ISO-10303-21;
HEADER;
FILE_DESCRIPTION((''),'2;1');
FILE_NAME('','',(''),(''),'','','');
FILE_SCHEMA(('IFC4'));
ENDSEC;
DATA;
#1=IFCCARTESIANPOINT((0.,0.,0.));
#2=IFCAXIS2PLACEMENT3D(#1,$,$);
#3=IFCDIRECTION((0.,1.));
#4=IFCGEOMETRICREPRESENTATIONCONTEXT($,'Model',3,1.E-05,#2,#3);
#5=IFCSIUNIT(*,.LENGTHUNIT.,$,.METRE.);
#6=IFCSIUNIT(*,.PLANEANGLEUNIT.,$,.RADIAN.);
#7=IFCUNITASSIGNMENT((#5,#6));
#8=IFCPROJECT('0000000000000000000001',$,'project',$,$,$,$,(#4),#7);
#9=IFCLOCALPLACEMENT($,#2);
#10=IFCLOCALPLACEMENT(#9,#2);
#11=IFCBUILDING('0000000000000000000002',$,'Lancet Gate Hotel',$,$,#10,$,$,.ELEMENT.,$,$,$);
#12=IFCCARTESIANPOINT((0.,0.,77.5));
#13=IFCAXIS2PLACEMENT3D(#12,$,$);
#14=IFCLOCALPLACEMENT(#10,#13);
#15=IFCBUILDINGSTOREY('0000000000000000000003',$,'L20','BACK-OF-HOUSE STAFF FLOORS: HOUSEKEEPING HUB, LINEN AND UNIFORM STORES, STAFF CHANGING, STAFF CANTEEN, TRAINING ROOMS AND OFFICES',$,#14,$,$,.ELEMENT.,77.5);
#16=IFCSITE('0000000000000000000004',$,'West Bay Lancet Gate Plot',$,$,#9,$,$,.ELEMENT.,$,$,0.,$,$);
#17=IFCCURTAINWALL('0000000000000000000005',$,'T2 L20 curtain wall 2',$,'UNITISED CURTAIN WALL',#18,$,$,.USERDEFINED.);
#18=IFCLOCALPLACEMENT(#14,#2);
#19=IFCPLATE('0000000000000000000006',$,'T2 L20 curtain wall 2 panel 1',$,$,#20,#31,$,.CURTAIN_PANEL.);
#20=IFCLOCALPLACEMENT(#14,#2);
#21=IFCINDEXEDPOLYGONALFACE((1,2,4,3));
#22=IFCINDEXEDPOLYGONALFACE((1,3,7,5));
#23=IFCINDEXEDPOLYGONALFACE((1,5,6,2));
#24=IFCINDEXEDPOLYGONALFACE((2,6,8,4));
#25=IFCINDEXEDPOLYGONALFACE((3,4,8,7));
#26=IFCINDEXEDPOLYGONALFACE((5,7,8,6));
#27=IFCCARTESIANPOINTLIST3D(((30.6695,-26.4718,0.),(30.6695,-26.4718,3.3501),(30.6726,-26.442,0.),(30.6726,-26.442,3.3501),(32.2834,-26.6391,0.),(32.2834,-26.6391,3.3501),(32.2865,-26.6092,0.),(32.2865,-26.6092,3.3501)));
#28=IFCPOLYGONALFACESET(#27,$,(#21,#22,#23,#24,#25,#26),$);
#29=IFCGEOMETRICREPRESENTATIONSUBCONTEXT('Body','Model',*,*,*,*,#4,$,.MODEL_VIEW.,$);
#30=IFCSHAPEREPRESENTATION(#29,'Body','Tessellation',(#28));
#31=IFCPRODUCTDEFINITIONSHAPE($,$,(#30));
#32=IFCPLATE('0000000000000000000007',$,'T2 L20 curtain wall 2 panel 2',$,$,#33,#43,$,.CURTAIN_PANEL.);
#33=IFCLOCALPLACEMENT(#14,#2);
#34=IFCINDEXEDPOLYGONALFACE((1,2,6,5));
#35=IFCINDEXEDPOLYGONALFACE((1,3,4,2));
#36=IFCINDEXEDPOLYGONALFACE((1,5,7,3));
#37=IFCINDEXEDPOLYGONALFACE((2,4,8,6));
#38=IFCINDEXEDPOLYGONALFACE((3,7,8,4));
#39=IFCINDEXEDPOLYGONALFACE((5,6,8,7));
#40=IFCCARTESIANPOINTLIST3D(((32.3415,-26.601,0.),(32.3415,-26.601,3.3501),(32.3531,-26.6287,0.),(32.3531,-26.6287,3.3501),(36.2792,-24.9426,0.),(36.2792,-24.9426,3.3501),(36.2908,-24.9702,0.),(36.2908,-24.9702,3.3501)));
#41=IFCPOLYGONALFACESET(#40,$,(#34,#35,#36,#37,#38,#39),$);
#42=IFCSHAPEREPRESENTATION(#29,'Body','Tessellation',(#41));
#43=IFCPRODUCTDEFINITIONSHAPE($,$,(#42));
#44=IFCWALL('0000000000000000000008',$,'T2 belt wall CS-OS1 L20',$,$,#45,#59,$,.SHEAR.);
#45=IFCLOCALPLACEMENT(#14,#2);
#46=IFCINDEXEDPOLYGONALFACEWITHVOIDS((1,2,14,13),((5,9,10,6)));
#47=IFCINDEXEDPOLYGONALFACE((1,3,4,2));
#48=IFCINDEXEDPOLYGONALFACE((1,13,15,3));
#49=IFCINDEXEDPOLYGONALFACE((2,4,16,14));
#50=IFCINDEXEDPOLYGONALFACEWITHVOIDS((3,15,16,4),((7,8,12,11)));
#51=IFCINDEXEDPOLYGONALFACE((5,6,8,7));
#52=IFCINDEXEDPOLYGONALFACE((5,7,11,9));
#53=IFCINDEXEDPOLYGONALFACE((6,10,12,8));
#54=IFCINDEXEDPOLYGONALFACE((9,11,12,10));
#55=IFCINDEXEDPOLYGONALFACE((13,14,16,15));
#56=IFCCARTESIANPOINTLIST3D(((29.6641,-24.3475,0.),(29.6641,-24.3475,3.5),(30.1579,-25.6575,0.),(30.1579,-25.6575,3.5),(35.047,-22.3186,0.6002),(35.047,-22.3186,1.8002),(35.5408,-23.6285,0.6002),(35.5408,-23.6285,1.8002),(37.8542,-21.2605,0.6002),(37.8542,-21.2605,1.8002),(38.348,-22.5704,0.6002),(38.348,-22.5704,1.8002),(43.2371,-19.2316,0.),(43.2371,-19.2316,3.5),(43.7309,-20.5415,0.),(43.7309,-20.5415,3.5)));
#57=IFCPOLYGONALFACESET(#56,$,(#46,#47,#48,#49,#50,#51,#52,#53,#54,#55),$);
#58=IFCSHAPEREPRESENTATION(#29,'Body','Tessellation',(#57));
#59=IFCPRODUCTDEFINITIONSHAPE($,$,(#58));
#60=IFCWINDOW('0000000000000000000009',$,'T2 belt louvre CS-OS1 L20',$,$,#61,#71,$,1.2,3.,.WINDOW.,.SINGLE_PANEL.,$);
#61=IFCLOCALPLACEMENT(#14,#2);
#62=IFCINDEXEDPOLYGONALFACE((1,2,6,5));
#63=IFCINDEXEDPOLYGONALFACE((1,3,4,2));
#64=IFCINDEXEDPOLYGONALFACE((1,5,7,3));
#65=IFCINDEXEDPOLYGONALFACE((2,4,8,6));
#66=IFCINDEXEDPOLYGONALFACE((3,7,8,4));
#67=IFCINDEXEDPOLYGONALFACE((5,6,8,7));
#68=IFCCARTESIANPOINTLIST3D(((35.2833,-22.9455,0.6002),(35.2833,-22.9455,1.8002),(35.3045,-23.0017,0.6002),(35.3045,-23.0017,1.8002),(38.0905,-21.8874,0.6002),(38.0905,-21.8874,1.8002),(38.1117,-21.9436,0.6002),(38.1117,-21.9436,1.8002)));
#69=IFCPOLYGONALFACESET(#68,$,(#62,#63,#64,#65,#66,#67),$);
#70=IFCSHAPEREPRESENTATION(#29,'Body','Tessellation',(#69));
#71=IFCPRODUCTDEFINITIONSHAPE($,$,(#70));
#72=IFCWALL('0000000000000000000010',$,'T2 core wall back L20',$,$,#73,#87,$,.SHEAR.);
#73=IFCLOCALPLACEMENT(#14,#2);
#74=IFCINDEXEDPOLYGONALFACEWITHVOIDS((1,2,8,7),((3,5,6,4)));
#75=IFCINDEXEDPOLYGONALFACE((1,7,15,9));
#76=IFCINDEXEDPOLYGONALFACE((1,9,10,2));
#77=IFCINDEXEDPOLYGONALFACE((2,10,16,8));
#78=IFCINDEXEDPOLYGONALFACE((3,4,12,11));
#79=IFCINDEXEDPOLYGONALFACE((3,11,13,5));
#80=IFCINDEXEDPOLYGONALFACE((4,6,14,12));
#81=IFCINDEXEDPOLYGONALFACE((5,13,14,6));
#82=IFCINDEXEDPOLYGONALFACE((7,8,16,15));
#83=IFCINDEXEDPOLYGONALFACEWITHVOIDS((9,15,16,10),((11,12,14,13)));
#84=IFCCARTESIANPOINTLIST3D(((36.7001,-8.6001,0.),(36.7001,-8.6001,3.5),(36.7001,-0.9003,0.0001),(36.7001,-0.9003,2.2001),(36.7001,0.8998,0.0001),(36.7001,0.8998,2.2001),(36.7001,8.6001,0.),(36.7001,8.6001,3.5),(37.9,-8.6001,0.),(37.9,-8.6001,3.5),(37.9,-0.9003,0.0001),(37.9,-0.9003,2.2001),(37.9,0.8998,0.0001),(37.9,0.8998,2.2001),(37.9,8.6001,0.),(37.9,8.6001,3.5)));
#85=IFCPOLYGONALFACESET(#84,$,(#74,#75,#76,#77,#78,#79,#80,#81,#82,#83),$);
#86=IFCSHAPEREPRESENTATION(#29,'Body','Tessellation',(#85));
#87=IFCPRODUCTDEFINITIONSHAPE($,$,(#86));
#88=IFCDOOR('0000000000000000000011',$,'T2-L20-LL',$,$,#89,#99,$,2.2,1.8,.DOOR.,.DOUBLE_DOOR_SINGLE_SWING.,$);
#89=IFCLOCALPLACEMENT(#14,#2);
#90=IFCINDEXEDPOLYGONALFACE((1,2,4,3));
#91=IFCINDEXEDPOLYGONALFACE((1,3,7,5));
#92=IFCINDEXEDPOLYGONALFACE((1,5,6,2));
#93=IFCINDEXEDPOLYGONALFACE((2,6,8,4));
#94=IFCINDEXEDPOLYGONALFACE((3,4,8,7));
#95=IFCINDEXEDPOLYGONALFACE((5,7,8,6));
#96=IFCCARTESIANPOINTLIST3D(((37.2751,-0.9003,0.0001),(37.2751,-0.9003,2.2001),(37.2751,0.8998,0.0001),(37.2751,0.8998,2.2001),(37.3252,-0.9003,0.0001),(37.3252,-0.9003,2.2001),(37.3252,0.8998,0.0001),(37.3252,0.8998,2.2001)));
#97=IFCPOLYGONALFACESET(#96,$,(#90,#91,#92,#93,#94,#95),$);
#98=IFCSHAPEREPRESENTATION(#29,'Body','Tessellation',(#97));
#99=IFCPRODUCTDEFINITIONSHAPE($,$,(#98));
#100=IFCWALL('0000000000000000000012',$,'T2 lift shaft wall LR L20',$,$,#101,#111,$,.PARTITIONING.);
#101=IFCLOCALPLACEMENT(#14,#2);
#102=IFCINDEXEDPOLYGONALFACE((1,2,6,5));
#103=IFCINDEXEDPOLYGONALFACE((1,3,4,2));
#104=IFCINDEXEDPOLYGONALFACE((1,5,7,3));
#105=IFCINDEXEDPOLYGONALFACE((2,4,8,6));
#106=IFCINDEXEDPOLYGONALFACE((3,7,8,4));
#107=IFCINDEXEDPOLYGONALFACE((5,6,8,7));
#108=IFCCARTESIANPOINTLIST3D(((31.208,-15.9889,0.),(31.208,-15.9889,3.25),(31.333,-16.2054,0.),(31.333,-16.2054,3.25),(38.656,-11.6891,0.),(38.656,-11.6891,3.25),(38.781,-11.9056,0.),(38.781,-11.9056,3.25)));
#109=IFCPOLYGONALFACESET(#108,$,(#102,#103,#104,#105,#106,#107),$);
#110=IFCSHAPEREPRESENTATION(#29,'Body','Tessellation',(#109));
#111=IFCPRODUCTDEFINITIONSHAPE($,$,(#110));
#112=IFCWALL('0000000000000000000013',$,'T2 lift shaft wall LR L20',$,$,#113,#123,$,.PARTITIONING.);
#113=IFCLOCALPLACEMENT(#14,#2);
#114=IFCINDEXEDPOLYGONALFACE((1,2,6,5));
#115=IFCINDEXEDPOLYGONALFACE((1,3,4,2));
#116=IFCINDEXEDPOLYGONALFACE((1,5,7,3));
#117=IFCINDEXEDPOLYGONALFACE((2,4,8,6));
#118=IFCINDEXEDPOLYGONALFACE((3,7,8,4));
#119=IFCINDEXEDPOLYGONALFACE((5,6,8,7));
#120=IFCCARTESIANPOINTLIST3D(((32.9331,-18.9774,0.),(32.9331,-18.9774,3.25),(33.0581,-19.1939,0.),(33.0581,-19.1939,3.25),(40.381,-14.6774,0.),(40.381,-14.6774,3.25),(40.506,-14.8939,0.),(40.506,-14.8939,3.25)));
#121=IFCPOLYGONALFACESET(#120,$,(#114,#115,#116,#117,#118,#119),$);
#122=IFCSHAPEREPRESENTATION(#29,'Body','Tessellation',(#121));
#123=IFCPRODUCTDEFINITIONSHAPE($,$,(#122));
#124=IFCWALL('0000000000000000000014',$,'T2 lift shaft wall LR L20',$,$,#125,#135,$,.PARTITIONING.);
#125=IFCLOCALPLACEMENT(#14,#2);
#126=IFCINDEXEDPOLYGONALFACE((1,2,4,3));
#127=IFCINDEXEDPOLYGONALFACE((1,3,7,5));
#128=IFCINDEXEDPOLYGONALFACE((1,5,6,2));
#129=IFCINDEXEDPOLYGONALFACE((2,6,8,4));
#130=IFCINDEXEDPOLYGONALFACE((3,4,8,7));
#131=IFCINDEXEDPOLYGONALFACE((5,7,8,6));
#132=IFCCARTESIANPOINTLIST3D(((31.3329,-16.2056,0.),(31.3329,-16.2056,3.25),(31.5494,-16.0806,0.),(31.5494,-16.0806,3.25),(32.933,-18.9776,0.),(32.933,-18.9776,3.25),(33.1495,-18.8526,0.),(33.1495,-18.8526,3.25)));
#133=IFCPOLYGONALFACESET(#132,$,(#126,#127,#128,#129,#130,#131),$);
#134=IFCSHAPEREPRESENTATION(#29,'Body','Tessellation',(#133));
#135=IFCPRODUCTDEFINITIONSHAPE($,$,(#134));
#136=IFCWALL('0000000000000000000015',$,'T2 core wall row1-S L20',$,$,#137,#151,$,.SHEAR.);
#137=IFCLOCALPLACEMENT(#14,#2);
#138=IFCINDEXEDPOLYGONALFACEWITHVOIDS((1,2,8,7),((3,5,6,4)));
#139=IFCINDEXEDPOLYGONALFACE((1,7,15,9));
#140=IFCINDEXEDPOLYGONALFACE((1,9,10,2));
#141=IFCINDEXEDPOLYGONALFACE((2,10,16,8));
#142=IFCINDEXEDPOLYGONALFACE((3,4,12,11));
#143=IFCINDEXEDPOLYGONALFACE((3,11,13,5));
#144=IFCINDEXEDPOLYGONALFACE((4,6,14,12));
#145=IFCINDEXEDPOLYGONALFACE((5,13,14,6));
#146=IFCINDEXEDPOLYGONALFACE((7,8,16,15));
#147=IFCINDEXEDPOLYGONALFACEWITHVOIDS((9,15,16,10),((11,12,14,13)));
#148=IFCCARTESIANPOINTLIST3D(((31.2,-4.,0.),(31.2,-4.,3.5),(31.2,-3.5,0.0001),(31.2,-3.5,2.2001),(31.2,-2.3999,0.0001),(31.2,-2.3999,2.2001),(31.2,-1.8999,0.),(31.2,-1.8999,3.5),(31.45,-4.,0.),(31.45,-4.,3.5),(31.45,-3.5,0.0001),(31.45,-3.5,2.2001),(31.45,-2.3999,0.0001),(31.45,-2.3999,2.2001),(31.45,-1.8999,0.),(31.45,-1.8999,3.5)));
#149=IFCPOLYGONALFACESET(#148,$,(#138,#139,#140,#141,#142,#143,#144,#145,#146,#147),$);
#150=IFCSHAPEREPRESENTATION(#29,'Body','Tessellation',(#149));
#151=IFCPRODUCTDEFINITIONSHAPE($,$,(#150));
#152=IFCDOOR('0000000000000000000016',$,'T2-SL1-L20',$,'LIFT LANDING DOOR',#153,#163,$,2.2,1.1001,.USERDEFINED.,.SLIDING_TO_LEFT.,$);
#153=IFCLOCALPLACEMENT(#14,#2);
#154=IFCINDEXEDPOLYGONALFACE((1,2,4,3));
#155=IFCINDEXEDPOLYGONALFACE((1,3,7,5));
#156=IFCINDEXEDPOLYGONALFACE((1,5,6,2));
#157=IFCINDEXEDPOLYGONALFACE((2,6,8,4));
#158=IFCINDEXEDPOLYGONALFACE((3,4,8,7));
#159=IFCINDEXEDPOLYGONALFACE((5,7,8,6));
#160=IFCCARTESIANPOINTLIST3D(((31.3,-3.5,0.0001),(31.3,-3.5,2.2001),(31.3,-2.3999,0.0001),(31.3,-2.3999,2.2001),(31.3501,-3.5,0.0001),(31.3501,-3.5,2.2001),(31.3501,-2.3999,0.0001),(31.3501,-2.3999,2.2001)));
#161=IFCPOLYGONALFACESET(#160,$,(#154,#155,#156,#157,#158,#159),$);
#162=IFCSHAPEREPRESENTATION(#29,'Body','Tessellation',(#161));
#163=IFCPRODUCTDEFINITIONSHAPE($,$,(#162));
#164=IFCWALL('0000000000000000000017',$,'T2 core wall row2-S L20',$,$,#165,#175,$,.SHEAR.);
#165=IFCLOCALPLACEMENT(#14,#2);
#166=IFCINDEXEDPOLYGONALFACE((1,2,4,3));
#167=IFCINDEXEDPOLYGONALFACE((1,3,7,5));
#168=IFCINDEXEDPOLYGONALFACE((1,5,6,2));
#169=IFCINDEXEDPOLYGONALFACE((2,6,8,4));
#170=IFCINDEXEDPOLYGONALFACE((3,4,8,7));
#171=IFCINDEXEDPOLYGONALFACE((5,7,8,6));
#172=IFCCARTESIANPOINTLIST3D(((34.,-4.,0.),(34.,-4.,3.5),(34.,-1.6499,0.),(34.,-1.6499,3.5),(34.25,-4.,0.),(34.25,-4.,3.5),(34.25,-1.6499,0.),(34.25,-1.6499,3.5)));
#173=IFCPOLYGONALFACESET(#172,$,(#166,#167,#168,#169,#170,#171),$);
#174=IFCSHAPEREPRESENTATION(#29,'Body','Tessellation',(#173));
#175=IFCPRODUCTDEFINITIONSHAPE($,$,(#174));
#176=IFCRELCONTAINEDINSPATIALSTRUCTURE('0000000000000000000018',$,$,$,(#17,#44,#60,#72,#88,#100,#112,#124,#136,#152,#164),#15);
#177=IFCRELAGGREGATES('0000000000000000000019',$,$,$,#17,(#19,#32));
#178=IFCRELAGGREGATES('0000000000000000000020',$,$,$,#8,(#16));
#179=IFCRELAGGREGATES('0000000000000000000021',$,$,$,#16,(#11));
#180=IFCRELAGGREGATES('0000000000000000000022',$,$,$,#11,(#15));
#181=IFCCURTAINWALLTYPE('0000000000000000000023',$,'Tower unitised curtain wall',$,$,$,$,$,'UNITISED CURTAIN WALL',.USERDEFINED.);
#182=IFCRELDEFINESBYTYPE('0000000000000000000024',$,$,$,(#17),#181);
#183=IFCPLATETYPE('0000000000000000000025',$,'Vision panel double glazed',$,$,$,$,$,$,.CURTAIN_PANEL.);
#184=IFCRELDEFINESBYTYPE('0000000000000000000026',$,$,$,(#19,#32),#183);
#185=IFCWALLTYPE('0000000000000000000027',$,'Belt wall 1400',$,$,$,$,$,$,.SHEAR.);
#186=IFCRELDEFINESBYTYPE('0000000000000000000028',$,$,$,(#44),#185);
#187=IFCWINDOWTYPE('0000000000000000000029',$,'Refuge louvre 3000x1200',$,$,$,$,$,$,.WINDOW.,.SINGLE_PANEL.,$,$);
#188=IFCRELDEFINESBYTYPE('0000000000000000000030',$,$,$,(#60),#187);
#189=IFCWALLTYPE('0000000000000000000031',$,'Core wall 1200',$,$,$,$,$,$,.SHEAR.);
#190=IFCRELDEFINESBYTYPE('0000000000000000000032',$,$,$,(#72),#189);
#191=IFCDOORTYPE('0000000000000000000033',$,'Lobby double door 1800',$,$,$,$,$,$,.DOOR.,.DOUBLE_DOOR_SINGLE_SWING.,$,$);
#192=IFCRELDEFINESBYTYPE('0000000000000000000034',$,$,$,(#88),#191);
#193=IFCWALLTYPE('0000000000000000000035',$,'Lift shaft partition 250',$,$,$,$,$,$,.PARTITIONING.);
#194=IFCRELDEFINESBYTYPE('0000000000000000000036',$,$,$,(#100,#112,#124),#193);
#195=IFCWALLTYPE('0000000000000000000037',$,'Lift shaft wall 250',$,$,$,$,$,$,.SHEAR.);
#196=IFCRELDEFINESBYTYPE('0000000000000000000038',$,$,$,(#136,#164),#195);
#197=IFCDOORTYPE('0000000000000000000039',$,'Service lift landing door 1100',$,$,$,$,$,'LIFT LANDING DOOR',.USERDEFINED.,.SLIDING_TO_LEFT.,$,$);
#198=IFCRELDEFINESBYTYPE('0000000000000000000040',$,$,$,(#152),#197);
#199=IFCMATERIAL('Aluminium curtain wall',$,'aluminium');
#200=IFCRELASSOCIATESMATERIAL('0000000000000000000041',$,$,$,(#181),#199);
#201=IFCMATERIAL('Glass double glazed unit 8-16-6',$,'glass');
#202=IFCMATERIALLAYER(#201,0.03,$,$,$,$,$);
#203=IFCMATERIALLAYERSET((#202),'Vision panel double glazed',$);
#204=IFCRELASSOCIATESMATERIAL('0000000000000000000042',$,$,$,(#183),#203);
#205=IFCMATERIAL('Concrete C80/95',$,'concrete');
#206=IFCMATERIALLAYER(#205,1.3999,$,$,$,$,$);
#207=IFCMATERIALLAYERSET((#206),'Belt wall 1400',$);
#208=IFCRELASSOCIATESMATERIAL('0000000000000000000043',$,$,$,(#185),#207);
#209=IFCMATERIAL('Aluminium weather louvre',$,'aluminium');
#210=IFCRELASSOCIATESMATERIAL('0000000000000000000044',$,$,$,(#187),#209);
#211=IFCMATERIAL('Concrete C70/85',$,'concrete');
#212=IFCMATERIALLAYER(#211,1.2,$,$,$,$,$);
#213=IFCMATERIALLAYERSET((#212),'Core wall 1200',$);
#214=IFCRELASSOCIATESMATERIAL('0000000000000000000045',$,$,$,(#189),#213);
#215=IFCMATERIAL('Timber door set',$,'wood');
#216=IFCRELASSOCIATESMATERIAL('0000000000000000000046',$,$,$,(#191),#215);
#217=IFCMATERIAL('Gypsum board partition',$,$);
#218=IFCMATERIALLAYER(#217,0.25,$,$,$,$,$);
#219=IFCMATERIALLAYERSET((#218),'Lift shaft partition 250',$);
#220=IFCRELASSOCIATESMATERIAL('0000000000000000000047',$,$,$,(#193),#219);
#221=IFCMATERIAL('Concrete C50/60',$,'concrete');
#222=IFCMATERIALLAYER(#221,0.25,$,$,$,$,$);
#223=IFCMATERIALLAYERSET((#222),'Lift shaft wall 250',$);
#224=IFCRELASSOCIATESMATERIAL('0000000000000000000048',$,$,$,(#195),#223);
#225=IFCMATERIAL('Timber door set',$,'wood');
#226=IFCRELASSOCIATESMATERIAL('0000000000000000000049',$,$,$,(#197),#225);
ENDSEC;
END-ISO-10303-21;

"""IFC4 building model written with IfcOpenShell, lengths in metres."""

from ifc_helpers import new_model, si_unit, direction, frame, frame_2d, origin, origin_2d, place, context, subcontext, project, spatial, rectangle, extrude, material, layer, layer_set, type_object, element, fill, aggregate, save


model = new_model("IFC4")

# Units and contexts
model_context = context("Model", 3, precision=1e-05, world=origin(), true_north=direction((0.0, 1.0)))
body_context = subcontext(model_context, "Body", "Model", "MODEL_VIEW")
ifc_project = project(units=[si_unit("LENGTHUNIT", "METRE"), si_unit("PLANEANGLEUNIT", "RADIAN")], contexts=[model_context])

# Site, building, storey
site_placement = place(None, origin())
site = spatial("IfcSite", under=ifc_project, at=site_placement, Name="West Bay Lancet Gate Plot", CompositionType="ELEMENT", RefElevation=0.0)
building_placement = place(site_placement, origin())
building = spatial("IfcBuilding", under=site, at=building_placement, Name="Lancet Gate Hotel", CompositionType="ELEMENT")
storey_placement = place(building_placement, frame((0.0, 0.0, 77.5)))
storey = spatial("IfcBuildingStorey", under=building, at=storey_placement, Name="L20", Description="BACK-OF-HOUSE STAFF FLOORS: HOUSEKEEPING HUB, LINEN AND UNIFORM STORES, STAFF CHANGING, STAFF CANTEEN, TRAINING ROOMS AND OFFICES", CompositionType="ELEMENT", Elevation=77.5)

# Curtain wall
ifc_material_1 = material(Name="Aluminium curtain wall", Category="aluminium")
curtain_wall_type = type_object("IfcCurtainWallType", Name="Tower unitised curtain wall", ElementType="UNITISED CURTAIN WALL", PredefinedType="USERDEFINED", material=ifc_material_1)
curtain_wall_placement = place(storey_placement, origin())
curtain_wall = element("IfcCurtainWall", 1, at=curtain_wall_placement, inside=storey, type_object=curtain_wall_type, Name="T2 L20 curtain wall 2", ObjectType="UNITISED CURTAIN WALL", PredefinedType="USERDEFINED")

# Plates
ifc_material_2 = material(Name="Glass double glazed unit 8-16-6", Category="glass")
ifc_layer_1 = layer(ifc_material_2, 0.03)
ifc_layer_set_1 = layer_set([ifc_layer_1], Name="Vision panel double glazed")
plate_type = type_object("IfcPlateType", Name="Vision panel double glazed", PredefinedType="CURTAIN_PANEL", material=ifc_layer_set_1)
plate_1_placement = place(storey_placement, frame((31.478, -26.5405, 0.0), z_axis=(0.0, 0.0, 1.0), x_axis=(0.994672, -0.103088, 0.0)))
plate_1 = element("IfcPlate", 2, at=plate_1_placement, type_object=plate_type, Name="T2 L20 curtain wall 2 panel 1", PredefinedType="CURTAIN_PANEL", context=body_context, shape_type="SweptSolid", body=[
    extrude(rectangle(XDim=1.6226, YDim=0.03, at=origin_2d()), origin(), (0.0, 0.0, 1.0), 3.3501),
])
plate_2_placement = place(storey_placement, frame((34.3162, -25.7856, 0.0), z_axis=(0.0, 0.0, 1.0), x_axis=(0.921593, 0.388157, 0.0)))
plate_2 = element("IfcPlate", 3, at=plate_2_placement, type_object=plate_type, Name="T2 L20 curtain wall 2 panel 2", PredefinedType="CURTAIN_PANEL", context=body_context, shape_type="SweptSolid", body=[
    extrude(rectangle(XDim=4.2727, YDim=0.03, at=origin_2d()), origin(), (0.0, 0.0, 1.0), 3.3501),
])
aggregate(curtain_wall, [plate_1, plate_2])

# Wall, opening, window
ifc_material_3 = material(Name="Concrete C80/95", Category="concrete")
ifc_layer_2 = layer(ifc_material_3, 1.3999)
ifc_layer_set_2 = layer_set([ifc_layer_2], Name="Belt wall 1400")
wall_type_1 = type_object("IfcWallType", Name="Belt wall 1400", PredefinedType="SHEAR", material=ifc_layer_set_2)
wall_1_placement = place(storey_placement, frame((29.9111, -25.0024, 0.0), z_axis=(0.0, 0.0, 1.0), x_axis=(0.935736, 0.3527, 0.0)))
wall_1 = element("IfcWall", 4, at=wall_1_placement, inside=storey, type_object=wall_type_1, Name="T2 belt wall CS-OS1 L20", PredefinedType="SHEAR", context=body_context, shape_type="SweptSolid", body=[
    extrude(rectangle(XDim=14.5051, YDim=1.3999, at=frame_2d((7.2524, 0.0))), origin(), (0.0, 0.0, 1.0), 3.5),
])
opening_1_placement = place(wall_1_placement, frame((5.7524, 0.0, 0.6001)))
opening_1 = element("IfcOpeningElement", 5, at=opening_1_placement, cuts=wall_1, PredefinedType="OPENING", context=body_context, shape_type="SweptSolid", body=[
    extrude(rectangle(XDim=3.0, YDim=1.2, at=frame_2d((1.5, 0.6001))), frame((0.0, 0.71, 0.0), z_axis=(0.0, -1.0, 0.0), x_axis=(1.0, 0.0, 0.0)), (0.0, 0.0, 1.0), 1.4199),
])
ifc_material_4 = material(Name="Aluminium weather louvre", Category="aluminium")
window_type = type_object("IfcWindowType", Name="Refuge louvre 3000x1200", PartitioningType="SINGLE_PANEL", PredefinedType="WINDOW", material=ifc_material_4)
window_placement = place(opening_1_placement, origin())
window = element("IfcWindow", 6, at=window_placement, inside=storey, type_object=window_type, Name="T2 belt louvre CS-OS1 L20", OverallHeight=1.2, OverallWidth=3.0, PartitioningType="SINGLE_PANEL", PredefinedType="WINDOW", context=body_context, shape_type="SweptSolid", body=[
    extrude(rectangle(XDim=3.0, YDim=1.2, at=frame_2d((1.5, 0.6001))), frame((0.0, 0.03, 0.0), z_axis=(0.0, -1.0, 0.0), x_axis=(1.0, 0.0, 0.0)), (0.0, 0.0, 1.0), 0.0601),
])
fill(opening_1, window)

# Wall, opening, door
ifc_material_5 = material(Name="Concrete C70/85", Category="concrete")
ifc_layer_3 = layer(ifc_material_5, 1.2)
ifc_layer_set_3 = layer_set([ifc_layer_3], Name="Core wall 1200")
wall_type_2 = type_object("IfcWallType", Name="Core wall 1200", PredefinedType="SHEAR", material=ifc_layer_set_3)
wall_2_placement = place(storey_placement, frame((37.3, -8.6001, 0.0), z_axis=(0.0, 0.0, 1.0), x_axis=(0.0, 1.0, 0.0)))
wall_2 = element("IfcWall", 7, at=wall_2_placement, inside=storey, type_object=wall_type_2, Name="T2 core wall back L20", PredefinedType="SHEAR", context=body_context, shape_type="SweptSolid", body=[
    extrude(rectangle(XDim=17.2002, YDim=1.2, at=frame_2d((8.6001, 0.0))), origin(), (0.0, 0.0, 1.0), 3.5),
])
opening_2_placement = place(wall_2_placement, frame((7.7, 0.0, 0.0)))
opening_2 = element("IfcOpeningElement", 8, at=opening_2_placement, cuts=wall_2, PredefinedType="OPENING", context=body_context, shape_type="SweptSolid", body=[
    extrude(rectangle(XDim=1.8, YDim=2.2, at=frame_2d((0.8999, 1.1001))), frame((0.0, 0.6099, 0.0), z_axis=(0.0, -1.0, 0.0), x_axis=(1.0, 0.0, 0.0)), (0.0, 0.0, 1.0), 1.22),
])
ifc_material_6 = material(Name="Timber door set", Category="wood")
door_type_1 = type_object("IfcDoorType", Name="Lobby double door 1800", OperationType="DOUBLE_DOOR_SINGLE_SWING", PredefinedType="DOOR", material=ifc_material_6)
door_1_placement = place(opening_2_placement, origin())
door_1 = element("IfcDoor", 9, at=door_1_placement, inside=storey, type_object=door_type_1, Name="T2-L20-LL", OperationType="DOUBLE_DOOR_SINGLE_SWING", OverallHeight=2.2, OverallWidth=1.8, PredefinedType="DOOR", context=body_context, shape_type="SweptSolid", body=[
    extrude(rectangle(XDim=1.8, YDim=2.2, at=frame_2d((0.8999, 1.1001))), frame((0.0, 0.0249, 0.0), z_axis=(0.0, -1.0, 0.0), x_axis=(1.0, 0.0, 0.0)), (0.0, 0.0, 1.0), 0.05),
])
fill(opening_2, door_1)

# Walls
ifc_material_7 = material(Name="Gypsum board partition")
ifc_layer_4 = layer(ifc_material_7, 0.25)
ifc_layer_set_4 = layer_set([ifc_layer_4], Name="Lift shaft partition 250")
wall_type_3 = type_object("IfcWallType", Name="Lift shaft partition 250", PredefinedType="PARTITIONING", material=ifc_layer_set_4)
for number, where, z_axis, x_axis, name in (
    (10, (31.2705, -16.0972, 0.0), (0.0, 0.0, 1.0), (0.86604, 0.499974, 0.0), "T2 lift shaft wall LR L20"),
    (11, (32.9956, -19.0857, 0.0), (0.0, 0.0, 1.0), (0.866028, 0.499995, 0.0), "T2 lift shaft wall LR L20"),
):
    element("IfcWall", number, at=place(storey_placement, frame(where, z_axis=z_axis, x_axis=x_axis)), inside=storey, type_object=wall_type_3, Name=name, PredefinedType="PARTITIONING", context=body_context, shape_type="SweptSolid", body=[
        extrude(rectangle(XDim=8.6001, YDim=0.25, at=frame_2d((4.3, 0.0))), origin(), (0.0, 0.0, 1.0), 3.25),
    ])
wall_3_placement = place(storey_placement, frame((31.4412, -16.1431, 0.0), z_axis=(0.0, 0.0, 1.0), x_axis=(0.499929, -0.866066, 0.0)))
element("IfcWall", 12, at=wall_3_placement, inside=storey, type_object=wall_type_3, Name="T2 lift shaft wall LR L20", PredefinedType="PARTITIONING", context=body_context, shape_type="SweptSolid", body=[
    extrude(rectangle(XDim=3.2007, YDim=0.25, at=frame_2d((1.6003, 0.0))), origin(), (0.0, 0.0, 1.0), 3.25),
])

# Wall, opening, door
ifc_material_8 = material(Name="Concrete C50/60", Category="concrete")
ifc_layer_5 = layer(ifc_material_8, 0.25)
ifc_layer_set_5 = layer_set([ifc_layer_5], Name="Lift shaft wall 250")
wall_type_4 = type_object("IfcWallType", Name="Lift shaft wall 250", PredefinedType="SHEAR", material=ifc_layer_set_5)
wall_4_placement = place(storey_placement, frame((31.325, -4.0, 0.0), z_axis=(0.0, 0.0, 1.0), x_axis=(0.0, 1.0, 0.0)))
wall_4 = element("IfcWall", 13, at=wall_4_placement, inside=storey, type_object=wall_type_4, Name="T2 core wall row1-S L20", PredefinedType="SHEAR", context=body_context, shape_type="SweptSolid", body=[
    extrude(rectangle(XDim=2.1001, YDim=0.25, at=frame_2d((1.05, 0.0))), origin(), (0.0, 0.0, 1.0), 3.5),
])
opening_3_placement = place(wall_4_placement, frame((0.5, 0.0, 0.0)))
opening_3 = element("IfcOpeningElement", 14, at=opening_3_placement, cuts=wall_4, PredefinedType="OPENING", context=body_context, shape_type="SweptSolid", body=[
    extrude(rectangle(XDim=1.1001, YDim=2.2, at=frame_2d((0.55, 1.1001))), frame((0.0, 0.135, 0.0), z_axis=(0.0, -1.0, 0.0), x_axis=(1.0, 0.0, 0.0)), (0.0, 0.0, 1.0), 0.27),
])
ifc_material_9 = material(Name="Timber door set", Category="wood")
door_type_2 = type_object("IfcDoorType", Name="Service lift landing door 1100", ElementType="LIFT LANDING DOOR", OperationType="SLIDING_TO_LEFT", PredefinedType="USERDEFINED", material=ifc_material_9)
door_2_placement = place(opening_3_placement, origin())
door_2 = element("IfcDoor", 15, at=door_2_placement, inside=storey, type_object=door_type_2, Name="T2-SL1-L20", ObjectType="LIFT LANDING DOOR", OperationType="SLIDING_TO_LEFT", OverallHeight=2.2, OverallWidth=1.1001, PredefinedType="USERDEFINED", context=body_context, shape_type="SweptSolid", body=[
    extrude(rectangle(XDim=1.1001, YDim=2.2, at=frame_2d((0.55, 1.1001))), frame((0.0, 0.0249, 0.0), z_axis=(0.0, -1.0, 0.0), x_axis=(1.0, 0.0, 0.0)), (0.0, 0.0, 1.0), 0.05),
])
fill(opening_3, door_2)

# Wall
wall_5_placement = place(storey_placement, frame((34.125, -4.0, 0.0), z_axis=(0.0, 0.0, 1.0), x_axis=(0.0, 1.0, 0.0)))
element("IfcWall", 16, at=wall_5_placement, inside=storey, type_object=wall_type_4, Name="T2 core wall row2-S L20", PredefinedType="SHEAR", context=body_context, shape_type="SweptSolid", body=[
    extrude(rectangle(XDim=2.3501, YDim=0.25, at=frame_2d((1.175, 0.0))), origin(), (0.0, 0.0, 1.0), 3.5),
])

save(model, "model.ifc")
